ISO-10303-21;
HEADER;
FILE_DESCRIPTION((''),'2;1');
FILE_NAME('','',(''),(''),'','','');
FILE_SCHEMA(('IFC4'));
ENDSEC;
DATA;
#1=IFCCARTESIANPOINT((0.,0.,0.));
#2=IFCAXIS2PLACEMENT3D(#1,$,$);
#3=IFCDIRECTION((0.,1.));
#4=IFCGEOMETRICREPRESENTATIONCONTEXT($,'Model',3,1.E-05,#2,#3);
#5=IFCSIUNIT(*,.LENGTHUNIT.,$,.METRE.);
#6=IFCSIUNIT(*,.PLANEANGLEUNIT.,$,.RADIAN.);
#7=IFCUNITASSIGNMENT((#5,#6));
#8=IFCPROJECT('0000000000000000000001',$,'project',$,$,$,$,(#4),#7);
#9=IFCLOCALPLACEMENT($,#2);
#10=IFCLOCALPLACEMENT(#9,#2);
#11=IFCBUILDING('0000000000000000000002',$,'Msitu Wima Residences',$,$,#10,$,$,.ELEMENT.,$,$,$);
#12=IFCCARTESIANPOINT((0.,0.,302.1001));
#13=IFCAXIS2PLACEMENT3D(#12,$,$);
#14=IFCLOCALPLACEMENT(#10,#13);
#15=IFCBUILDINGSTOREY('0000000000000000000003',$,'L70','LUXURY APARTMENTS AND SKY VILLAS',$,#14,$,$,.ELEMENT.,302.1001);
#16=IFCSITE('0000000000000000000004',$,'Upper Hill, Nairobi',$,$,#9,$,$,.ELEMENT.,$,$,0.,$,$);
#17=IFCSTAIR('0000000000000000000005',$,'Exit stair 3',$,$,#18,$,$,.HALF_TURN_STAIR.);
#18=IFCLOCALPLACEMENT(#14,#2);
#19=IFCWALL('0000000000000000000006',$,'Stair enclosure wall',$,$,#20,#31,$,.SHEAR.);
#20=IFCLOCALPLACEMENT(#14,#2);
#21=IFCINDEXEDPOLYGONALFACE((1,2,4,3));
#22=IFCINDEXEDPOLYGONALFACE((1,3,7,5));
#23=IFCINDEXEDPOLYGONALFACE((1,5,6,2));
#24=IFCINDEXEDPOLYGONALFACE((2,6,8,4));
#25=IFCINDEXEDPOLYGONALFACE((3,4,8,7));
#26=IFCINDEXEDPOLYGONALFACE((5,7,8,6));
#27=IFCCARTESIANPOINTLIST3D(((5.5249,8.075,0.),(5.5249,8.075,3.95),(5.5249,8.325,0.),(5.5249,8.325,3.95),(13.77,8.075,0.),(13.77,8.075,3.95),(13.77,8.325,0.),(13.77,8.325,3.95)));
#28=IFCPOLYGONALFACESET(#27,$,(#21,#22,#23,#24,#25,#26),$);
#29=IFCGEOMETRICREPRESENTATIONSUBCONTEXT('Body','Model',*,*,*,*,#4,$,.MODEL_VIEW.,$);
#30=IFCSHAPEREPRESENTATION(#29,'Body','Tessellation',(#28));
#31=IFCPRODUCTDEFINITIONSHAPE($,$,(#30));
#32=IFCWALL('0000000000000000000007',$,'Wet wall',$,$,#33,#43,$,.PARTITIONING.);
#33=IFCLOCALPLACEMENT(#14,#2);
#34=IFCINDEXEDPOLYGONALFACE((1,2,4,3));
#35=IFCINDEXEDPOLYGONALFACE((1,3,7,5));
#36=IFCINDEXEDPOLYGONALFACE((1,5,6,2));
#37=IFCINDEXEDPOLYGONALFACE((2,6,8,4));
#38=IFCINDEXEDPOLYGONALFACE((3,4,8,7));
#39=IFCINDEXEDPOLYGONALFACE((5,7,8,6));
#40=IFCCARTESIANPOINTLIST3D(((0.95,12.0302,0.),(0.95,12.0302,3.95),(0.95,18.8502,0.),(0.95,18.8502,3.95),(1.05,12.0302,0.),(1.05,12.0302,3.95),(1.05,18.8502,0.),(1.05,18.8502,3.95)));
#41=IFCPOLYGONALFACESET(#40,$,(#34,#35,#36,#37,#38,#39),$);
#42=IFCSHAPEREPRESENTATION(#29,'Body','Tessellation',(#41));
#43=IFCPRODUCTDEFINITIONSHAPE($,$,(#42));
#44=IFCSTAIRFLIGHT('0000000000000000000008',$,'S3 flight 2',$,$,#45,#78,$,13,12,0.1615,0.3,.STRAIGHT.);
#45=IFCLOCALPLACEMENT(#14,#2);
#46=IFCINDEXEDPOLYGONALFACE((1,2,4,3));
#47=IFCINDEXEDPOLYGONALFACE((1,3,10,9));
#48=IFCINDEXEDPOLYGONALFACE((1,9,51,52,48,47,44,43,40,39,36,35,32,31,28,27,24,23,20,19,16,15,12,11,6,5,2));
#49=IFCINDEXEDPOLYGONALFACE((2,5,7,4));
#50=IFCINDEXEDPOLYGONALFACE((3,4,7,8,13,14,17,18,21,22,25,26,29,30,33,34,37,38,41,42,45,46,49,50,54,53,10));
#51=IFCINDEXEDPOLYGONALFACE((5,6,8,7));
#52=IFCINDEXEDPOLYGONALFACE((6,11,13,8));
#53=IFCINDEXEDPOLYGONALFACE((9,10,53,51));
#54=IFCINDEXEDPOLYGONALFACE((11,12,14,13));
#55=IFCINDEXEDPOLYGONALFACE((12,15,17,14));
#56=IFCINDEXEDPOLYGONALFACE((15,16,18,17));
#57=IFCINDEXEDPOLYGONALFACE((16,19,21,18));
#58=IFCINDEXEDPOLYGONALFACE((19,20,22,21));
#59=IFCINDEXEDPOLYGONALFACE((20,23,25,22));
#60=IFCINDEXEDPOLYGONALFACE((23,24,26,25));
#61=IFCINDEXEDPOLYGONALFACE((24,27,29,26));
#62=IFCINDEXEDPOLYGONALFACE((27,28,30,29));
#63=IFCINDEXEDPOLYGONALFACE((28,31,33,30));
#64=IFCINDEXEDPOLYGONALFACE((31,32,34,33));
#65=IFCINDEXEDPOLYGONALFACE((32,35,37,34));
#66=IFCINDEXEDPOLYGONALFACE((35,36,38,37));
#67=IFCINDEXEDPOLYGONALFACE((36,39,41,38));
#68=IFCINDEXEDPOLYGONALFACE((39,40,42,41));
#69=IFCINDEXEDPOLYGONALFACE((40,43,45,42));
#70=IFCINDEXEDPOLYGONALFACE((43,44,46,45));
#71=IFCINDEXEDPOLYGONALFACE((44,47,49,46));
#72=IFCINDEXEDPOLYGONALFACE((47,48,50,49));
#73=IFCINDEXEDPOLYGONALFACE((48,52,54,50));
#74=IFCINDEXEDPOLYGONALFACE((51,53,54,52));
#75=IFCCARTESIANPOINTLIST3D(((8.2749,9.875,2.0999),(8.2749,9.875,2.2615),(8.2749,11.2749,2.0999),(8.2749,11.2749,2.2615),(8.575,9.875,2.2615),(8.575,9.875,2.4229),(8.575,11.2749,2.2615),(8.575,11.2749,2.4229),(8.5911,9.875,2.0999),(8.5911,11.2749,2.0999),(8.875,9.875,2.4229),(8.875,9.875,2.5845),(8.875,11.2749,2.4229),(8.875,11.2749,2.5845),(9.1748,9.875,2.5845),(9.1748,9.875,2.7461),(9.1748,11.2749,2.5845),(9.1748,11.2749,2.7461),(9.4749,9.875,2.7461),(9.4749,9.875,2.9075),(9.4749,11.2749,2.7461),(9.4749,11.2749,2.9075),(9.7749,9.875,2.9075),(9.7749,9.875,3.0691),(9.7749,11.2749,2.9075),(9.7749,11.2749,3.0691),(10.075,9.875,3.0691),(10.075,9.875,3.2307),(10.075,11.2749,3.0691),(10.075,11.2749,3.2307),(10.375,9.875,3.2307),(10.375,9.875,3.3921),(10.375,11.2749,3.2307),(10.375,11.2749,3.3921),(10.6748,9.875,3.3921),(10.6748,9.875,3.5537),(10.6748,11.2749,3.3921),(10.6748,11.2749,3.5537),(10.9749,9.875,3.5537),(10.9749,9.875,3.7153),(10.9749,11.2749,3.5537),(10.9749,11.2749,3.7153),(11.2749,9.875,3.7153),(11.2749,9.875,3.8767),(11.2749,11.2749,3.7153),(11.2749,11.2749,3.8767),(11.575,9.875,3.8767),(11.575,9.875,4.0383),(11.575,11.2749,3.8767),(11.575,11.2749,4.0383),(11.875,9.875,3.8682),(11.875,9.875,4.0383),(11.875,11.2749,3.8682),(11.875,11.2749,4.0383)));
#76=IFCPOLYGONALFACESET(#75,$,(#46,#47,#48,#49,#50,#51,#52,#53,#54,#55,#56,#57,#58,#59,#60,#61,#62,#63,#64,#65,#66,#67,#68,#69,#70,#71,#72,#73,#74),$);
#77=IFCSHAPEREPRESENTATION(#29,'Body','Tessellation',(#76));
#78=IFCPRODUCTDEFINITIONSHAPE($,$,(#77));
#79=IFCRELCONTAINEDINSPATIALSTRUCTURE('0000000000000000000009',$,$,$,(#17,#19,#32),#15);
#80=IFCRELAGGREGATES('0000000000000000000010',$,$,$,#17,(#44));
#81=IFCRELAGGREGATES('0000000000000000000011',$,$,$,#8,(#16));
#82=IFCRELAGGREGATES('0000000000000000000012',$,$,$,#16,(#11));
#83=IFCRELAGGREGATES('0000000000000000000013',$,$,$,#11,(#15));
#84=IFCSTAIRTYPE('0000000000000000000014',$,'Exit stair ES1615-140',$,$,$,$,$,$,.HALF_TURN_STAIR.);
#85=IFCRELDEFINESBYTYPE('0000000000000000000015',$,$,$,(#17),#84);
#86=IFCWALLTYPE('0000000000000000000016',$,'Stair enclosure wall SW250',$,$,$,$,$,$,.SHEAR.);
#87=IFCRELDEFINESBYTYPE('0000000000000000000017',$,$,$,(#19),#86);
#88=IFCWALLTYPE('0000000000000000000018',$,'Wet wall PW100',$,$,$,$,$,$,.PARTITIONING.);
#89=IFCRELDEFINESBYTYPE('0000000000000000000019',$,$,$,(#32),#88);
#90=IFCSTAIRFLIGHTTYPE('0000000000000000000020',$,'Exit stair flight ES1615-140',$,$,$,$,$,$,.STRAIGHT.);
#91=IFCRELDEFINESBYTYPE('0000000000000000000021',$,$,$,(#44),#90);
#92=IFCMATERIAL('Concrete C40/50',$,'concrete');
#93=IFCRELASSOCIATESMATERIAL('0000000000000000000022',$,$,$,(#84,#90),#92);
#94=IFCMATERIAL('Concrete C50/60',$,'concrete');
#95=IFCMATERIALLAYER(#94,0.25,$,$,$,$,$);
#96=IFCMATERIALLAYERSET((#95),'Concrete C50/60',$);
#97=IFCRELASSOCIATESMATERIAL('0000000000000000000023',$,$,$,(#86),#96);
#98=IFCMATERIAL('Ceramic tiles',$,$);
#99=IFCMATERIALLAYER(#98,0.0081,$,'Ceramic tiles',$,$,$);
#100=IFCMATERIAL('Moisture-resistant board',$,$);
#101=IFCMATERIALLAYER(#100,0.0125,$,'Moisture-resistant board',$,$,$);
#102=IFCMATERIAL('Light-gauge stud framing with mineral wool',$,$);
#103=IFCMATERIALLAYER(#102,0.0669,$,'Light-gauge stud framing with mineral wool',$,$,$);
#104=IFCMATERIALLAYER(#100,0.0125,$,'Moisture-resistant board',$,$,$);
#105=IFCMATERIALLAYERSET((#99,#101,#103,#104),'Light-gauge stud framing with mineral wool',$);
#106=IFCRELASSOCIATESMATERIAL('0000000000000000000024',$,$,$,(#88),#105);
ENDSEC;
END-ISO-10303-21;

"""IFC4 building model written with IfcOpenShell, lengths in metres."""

from ifc_helpers import new_model, si_unit, direction, frame, frame_2d, origin, place, context, subcontext, project, spatial, polyline, rectangle, outline, extrude, material, layer, layer_set, type_object, element, aggregate, save


model = new_model("IFC4")

# Units and contexts
model_context = context("Model", 3, precision=1e-05, world=origin(), true_north=direction((0.0, 1.0)))
body_context = subcontext(model_context, "Body", "Model", "MODEL_VIEW")
ifc_project = project(units=[si_unit("LENGTHUNIT", "METRE"), si_unit("PLANEANGLEUNIT", "RADIAN")], contexts=[model_context])

# Site, building, storey
site_placement = place(None, origin())
site = spatial("IfcSite", under=ifc_project, at=site_placement, Name="Upper Hill, Nairobi", CompositionType="ELEMENT", RefElevation=0.0)
building_placement = place(site_placement, origin())
building = spatial("IfcBuilding", under=site, at=building_placement, Name="Msitu Wima Residences", CompositionType="ELEMENT")
storey_placement = place(building_placement, frame((0.0, 0.0, 302.1001)))
storey = spatial("IfcBuildingStorey", under=building, at=storey_placement, Name="L70", Description="LUXURY APARTMENTS AND SKY VILLAS", CompositionType="ELEMENT", Elevation=302.1001)

# Shared definitions
ifc_material_1 = material(Name="Concrete C40/50", Category="concrete")

# Stair
stair_type = type_object("IfcStairType", Name="Exit stair ES1615-140", PredefinedType="HALF_TURN_STAIR", material=ifc_material_1)
stair_1_placement = place(storey_placement, origin())
stair_1 = element("IfcStair", 1, at=stair_1_placement, inside=storey, type_object=stair_type, Name="Exit stair 3", PredefinedType="HALF_TURN_STAIR")

# Walls
ifc_material_2 = material(Name="Light-gauge stud framing with mineral wool")
ifc_material_3 = material(Name="Concrete C50/60", Category="concrete")
ifc_layer_1 = layer(ifc_material_3, 0.25)
ifc_layer_set_1 = layer_set([ifc_layer_1], Name="Concrete C50/60")
wall_type_1 = type_object("IfcWallType", Name="Stair enclosure wall SW250", PredefinedType="SHEAR", material=ifc_layer_set_1)
wall_1_placement = place(storey_placement, frame((5.5249, 8.2, 0.0), z_axis=(0.0, 0.0, 1.0), x_axis=(1.0, 0.0, 0.0)))
element("IfcWall", 2, at=wall_1_placement, inside=storey, type_object=wall_type_1, Name="Stair enclosure wall", PredefinedType="SHEAR", context=body_context, shape_type="SweptSolid", body=[
    extrude(rectangle(XDim=8.2451, YDim=0.25, at=frame_2d((4.1226, 0.0))), origin(), (0.0, 0.0, 1.0), 3.95),
])
ifc_material_4 = material(Name="Ceramic tiles")
ifc_layer_2 = layer(ifc_material_4, 0.0081, Name="Ceramic tiles")
ifc_material_5 = material(Name="Moisture-resistant board")
ifc_layer_3 = layer(ifc_material_5, 0.0125, Name="Moisture-resistant board")
ifc_layer_4 = layer(ifc_material_2, 0.0669, Name="Light-gauge stud framing with mineral wool")
ifc_layer_5 = layer(ifc_material_5, 0.0125, Name="Moisture-resistant board")
ifc_layer_set_2 = layer_set([ifc_layer_2, ifc_layer_3, ifc_layer_4, ifc_layer_5], Name="Light-gauge stud framing with mineral wool")
wall_type_2 = type_object("IfcWallType", Name="Wet wall PW100", PredefinedType="PARTITIONING", material=ifc_layer_set_2)
wall_2_placement = place(storey_placement, frame((1.0, 12.03, 0.0), z_axis=(0.0, 0.0, 1.0), x_axis=(0.0, 1.0, 0.0)))
element("IfcWall", 3, at=wall_2_placement, inside=storey, type_object=wall_type_2, Name="Wet wall", PredefinedType="PARTITIONING", context=body_context, shape_type="SweptSolid", body=[
    extrude(rectangle(XDim=6.8201, YDim=0.1001, at=frame_2d((3.4102, 0.0))), origin(), (0.0, 0.0, 1.0), 3.95),
])

# Stair flight
stair_flight_type = type_object("IfcStairFlightType", Name="Exit stair flight ES1615-140", PredefinedType="STRAIGHT", material=ifc_material_1)
stair_flight_placement = place(storey_placement, frame((8.2749, 10.575, 2.0999), z_axis=(0.0, 0.0, 1.0), x_axis=(1.0, 0.0, 0.0)))
stair_flight = element("IfcStairFlight", 4, at=stair_flight_placement, type_object=stair_flight_type, Name="S3 flight 2", NumberOfRisers=13, NumberOfTreads=12, PredefinedType="STRAIGHT", RiserHeight=0.1615, TreadLength=0.3, context=body_context, shape_type="SweptSolid", body=[
    extrude(outline(polyline([(0.0, 0.0), (0.0, 0.1616), (0.3, 0.1616), (0.3, 0.323), (0.6001, 0.323), (0.6001, 0.4846), (0.8999, 0.4846), (0.8999, 0.6462), (1.2, 0.6462), (1.2, 0.8076), (1.5, 0.8076), (1.5, 0.9692), (1.8, 0.9692), (1.8, 1.1309), (2.1001, 1.1309), (2.1001, 1.2922), (2.3999, 1.2922), (2.3999, 1.4539), (2.7, 1.4539), (2.7, 1.6155), (3.0, 1.6155), (3.0, 1.7769), (3.3, 1.7769), (3.3, 1.9385), (3.6001, 1.9385), (3.6001, 2.1001), (3.6001, 1.7683), (0.3162, 0.0), (0.0, 0.0)])), frame((0.0, 0.7, 0.0), z_axis=(0.0, -1.0, 0.0), x_axis=(1.0, 0.0, 0.0)), (0.0, 0.0, 1.0), 1.3999),
])
aggregate(stair_1, [stair_flight])

save(model, "model.ifc")
